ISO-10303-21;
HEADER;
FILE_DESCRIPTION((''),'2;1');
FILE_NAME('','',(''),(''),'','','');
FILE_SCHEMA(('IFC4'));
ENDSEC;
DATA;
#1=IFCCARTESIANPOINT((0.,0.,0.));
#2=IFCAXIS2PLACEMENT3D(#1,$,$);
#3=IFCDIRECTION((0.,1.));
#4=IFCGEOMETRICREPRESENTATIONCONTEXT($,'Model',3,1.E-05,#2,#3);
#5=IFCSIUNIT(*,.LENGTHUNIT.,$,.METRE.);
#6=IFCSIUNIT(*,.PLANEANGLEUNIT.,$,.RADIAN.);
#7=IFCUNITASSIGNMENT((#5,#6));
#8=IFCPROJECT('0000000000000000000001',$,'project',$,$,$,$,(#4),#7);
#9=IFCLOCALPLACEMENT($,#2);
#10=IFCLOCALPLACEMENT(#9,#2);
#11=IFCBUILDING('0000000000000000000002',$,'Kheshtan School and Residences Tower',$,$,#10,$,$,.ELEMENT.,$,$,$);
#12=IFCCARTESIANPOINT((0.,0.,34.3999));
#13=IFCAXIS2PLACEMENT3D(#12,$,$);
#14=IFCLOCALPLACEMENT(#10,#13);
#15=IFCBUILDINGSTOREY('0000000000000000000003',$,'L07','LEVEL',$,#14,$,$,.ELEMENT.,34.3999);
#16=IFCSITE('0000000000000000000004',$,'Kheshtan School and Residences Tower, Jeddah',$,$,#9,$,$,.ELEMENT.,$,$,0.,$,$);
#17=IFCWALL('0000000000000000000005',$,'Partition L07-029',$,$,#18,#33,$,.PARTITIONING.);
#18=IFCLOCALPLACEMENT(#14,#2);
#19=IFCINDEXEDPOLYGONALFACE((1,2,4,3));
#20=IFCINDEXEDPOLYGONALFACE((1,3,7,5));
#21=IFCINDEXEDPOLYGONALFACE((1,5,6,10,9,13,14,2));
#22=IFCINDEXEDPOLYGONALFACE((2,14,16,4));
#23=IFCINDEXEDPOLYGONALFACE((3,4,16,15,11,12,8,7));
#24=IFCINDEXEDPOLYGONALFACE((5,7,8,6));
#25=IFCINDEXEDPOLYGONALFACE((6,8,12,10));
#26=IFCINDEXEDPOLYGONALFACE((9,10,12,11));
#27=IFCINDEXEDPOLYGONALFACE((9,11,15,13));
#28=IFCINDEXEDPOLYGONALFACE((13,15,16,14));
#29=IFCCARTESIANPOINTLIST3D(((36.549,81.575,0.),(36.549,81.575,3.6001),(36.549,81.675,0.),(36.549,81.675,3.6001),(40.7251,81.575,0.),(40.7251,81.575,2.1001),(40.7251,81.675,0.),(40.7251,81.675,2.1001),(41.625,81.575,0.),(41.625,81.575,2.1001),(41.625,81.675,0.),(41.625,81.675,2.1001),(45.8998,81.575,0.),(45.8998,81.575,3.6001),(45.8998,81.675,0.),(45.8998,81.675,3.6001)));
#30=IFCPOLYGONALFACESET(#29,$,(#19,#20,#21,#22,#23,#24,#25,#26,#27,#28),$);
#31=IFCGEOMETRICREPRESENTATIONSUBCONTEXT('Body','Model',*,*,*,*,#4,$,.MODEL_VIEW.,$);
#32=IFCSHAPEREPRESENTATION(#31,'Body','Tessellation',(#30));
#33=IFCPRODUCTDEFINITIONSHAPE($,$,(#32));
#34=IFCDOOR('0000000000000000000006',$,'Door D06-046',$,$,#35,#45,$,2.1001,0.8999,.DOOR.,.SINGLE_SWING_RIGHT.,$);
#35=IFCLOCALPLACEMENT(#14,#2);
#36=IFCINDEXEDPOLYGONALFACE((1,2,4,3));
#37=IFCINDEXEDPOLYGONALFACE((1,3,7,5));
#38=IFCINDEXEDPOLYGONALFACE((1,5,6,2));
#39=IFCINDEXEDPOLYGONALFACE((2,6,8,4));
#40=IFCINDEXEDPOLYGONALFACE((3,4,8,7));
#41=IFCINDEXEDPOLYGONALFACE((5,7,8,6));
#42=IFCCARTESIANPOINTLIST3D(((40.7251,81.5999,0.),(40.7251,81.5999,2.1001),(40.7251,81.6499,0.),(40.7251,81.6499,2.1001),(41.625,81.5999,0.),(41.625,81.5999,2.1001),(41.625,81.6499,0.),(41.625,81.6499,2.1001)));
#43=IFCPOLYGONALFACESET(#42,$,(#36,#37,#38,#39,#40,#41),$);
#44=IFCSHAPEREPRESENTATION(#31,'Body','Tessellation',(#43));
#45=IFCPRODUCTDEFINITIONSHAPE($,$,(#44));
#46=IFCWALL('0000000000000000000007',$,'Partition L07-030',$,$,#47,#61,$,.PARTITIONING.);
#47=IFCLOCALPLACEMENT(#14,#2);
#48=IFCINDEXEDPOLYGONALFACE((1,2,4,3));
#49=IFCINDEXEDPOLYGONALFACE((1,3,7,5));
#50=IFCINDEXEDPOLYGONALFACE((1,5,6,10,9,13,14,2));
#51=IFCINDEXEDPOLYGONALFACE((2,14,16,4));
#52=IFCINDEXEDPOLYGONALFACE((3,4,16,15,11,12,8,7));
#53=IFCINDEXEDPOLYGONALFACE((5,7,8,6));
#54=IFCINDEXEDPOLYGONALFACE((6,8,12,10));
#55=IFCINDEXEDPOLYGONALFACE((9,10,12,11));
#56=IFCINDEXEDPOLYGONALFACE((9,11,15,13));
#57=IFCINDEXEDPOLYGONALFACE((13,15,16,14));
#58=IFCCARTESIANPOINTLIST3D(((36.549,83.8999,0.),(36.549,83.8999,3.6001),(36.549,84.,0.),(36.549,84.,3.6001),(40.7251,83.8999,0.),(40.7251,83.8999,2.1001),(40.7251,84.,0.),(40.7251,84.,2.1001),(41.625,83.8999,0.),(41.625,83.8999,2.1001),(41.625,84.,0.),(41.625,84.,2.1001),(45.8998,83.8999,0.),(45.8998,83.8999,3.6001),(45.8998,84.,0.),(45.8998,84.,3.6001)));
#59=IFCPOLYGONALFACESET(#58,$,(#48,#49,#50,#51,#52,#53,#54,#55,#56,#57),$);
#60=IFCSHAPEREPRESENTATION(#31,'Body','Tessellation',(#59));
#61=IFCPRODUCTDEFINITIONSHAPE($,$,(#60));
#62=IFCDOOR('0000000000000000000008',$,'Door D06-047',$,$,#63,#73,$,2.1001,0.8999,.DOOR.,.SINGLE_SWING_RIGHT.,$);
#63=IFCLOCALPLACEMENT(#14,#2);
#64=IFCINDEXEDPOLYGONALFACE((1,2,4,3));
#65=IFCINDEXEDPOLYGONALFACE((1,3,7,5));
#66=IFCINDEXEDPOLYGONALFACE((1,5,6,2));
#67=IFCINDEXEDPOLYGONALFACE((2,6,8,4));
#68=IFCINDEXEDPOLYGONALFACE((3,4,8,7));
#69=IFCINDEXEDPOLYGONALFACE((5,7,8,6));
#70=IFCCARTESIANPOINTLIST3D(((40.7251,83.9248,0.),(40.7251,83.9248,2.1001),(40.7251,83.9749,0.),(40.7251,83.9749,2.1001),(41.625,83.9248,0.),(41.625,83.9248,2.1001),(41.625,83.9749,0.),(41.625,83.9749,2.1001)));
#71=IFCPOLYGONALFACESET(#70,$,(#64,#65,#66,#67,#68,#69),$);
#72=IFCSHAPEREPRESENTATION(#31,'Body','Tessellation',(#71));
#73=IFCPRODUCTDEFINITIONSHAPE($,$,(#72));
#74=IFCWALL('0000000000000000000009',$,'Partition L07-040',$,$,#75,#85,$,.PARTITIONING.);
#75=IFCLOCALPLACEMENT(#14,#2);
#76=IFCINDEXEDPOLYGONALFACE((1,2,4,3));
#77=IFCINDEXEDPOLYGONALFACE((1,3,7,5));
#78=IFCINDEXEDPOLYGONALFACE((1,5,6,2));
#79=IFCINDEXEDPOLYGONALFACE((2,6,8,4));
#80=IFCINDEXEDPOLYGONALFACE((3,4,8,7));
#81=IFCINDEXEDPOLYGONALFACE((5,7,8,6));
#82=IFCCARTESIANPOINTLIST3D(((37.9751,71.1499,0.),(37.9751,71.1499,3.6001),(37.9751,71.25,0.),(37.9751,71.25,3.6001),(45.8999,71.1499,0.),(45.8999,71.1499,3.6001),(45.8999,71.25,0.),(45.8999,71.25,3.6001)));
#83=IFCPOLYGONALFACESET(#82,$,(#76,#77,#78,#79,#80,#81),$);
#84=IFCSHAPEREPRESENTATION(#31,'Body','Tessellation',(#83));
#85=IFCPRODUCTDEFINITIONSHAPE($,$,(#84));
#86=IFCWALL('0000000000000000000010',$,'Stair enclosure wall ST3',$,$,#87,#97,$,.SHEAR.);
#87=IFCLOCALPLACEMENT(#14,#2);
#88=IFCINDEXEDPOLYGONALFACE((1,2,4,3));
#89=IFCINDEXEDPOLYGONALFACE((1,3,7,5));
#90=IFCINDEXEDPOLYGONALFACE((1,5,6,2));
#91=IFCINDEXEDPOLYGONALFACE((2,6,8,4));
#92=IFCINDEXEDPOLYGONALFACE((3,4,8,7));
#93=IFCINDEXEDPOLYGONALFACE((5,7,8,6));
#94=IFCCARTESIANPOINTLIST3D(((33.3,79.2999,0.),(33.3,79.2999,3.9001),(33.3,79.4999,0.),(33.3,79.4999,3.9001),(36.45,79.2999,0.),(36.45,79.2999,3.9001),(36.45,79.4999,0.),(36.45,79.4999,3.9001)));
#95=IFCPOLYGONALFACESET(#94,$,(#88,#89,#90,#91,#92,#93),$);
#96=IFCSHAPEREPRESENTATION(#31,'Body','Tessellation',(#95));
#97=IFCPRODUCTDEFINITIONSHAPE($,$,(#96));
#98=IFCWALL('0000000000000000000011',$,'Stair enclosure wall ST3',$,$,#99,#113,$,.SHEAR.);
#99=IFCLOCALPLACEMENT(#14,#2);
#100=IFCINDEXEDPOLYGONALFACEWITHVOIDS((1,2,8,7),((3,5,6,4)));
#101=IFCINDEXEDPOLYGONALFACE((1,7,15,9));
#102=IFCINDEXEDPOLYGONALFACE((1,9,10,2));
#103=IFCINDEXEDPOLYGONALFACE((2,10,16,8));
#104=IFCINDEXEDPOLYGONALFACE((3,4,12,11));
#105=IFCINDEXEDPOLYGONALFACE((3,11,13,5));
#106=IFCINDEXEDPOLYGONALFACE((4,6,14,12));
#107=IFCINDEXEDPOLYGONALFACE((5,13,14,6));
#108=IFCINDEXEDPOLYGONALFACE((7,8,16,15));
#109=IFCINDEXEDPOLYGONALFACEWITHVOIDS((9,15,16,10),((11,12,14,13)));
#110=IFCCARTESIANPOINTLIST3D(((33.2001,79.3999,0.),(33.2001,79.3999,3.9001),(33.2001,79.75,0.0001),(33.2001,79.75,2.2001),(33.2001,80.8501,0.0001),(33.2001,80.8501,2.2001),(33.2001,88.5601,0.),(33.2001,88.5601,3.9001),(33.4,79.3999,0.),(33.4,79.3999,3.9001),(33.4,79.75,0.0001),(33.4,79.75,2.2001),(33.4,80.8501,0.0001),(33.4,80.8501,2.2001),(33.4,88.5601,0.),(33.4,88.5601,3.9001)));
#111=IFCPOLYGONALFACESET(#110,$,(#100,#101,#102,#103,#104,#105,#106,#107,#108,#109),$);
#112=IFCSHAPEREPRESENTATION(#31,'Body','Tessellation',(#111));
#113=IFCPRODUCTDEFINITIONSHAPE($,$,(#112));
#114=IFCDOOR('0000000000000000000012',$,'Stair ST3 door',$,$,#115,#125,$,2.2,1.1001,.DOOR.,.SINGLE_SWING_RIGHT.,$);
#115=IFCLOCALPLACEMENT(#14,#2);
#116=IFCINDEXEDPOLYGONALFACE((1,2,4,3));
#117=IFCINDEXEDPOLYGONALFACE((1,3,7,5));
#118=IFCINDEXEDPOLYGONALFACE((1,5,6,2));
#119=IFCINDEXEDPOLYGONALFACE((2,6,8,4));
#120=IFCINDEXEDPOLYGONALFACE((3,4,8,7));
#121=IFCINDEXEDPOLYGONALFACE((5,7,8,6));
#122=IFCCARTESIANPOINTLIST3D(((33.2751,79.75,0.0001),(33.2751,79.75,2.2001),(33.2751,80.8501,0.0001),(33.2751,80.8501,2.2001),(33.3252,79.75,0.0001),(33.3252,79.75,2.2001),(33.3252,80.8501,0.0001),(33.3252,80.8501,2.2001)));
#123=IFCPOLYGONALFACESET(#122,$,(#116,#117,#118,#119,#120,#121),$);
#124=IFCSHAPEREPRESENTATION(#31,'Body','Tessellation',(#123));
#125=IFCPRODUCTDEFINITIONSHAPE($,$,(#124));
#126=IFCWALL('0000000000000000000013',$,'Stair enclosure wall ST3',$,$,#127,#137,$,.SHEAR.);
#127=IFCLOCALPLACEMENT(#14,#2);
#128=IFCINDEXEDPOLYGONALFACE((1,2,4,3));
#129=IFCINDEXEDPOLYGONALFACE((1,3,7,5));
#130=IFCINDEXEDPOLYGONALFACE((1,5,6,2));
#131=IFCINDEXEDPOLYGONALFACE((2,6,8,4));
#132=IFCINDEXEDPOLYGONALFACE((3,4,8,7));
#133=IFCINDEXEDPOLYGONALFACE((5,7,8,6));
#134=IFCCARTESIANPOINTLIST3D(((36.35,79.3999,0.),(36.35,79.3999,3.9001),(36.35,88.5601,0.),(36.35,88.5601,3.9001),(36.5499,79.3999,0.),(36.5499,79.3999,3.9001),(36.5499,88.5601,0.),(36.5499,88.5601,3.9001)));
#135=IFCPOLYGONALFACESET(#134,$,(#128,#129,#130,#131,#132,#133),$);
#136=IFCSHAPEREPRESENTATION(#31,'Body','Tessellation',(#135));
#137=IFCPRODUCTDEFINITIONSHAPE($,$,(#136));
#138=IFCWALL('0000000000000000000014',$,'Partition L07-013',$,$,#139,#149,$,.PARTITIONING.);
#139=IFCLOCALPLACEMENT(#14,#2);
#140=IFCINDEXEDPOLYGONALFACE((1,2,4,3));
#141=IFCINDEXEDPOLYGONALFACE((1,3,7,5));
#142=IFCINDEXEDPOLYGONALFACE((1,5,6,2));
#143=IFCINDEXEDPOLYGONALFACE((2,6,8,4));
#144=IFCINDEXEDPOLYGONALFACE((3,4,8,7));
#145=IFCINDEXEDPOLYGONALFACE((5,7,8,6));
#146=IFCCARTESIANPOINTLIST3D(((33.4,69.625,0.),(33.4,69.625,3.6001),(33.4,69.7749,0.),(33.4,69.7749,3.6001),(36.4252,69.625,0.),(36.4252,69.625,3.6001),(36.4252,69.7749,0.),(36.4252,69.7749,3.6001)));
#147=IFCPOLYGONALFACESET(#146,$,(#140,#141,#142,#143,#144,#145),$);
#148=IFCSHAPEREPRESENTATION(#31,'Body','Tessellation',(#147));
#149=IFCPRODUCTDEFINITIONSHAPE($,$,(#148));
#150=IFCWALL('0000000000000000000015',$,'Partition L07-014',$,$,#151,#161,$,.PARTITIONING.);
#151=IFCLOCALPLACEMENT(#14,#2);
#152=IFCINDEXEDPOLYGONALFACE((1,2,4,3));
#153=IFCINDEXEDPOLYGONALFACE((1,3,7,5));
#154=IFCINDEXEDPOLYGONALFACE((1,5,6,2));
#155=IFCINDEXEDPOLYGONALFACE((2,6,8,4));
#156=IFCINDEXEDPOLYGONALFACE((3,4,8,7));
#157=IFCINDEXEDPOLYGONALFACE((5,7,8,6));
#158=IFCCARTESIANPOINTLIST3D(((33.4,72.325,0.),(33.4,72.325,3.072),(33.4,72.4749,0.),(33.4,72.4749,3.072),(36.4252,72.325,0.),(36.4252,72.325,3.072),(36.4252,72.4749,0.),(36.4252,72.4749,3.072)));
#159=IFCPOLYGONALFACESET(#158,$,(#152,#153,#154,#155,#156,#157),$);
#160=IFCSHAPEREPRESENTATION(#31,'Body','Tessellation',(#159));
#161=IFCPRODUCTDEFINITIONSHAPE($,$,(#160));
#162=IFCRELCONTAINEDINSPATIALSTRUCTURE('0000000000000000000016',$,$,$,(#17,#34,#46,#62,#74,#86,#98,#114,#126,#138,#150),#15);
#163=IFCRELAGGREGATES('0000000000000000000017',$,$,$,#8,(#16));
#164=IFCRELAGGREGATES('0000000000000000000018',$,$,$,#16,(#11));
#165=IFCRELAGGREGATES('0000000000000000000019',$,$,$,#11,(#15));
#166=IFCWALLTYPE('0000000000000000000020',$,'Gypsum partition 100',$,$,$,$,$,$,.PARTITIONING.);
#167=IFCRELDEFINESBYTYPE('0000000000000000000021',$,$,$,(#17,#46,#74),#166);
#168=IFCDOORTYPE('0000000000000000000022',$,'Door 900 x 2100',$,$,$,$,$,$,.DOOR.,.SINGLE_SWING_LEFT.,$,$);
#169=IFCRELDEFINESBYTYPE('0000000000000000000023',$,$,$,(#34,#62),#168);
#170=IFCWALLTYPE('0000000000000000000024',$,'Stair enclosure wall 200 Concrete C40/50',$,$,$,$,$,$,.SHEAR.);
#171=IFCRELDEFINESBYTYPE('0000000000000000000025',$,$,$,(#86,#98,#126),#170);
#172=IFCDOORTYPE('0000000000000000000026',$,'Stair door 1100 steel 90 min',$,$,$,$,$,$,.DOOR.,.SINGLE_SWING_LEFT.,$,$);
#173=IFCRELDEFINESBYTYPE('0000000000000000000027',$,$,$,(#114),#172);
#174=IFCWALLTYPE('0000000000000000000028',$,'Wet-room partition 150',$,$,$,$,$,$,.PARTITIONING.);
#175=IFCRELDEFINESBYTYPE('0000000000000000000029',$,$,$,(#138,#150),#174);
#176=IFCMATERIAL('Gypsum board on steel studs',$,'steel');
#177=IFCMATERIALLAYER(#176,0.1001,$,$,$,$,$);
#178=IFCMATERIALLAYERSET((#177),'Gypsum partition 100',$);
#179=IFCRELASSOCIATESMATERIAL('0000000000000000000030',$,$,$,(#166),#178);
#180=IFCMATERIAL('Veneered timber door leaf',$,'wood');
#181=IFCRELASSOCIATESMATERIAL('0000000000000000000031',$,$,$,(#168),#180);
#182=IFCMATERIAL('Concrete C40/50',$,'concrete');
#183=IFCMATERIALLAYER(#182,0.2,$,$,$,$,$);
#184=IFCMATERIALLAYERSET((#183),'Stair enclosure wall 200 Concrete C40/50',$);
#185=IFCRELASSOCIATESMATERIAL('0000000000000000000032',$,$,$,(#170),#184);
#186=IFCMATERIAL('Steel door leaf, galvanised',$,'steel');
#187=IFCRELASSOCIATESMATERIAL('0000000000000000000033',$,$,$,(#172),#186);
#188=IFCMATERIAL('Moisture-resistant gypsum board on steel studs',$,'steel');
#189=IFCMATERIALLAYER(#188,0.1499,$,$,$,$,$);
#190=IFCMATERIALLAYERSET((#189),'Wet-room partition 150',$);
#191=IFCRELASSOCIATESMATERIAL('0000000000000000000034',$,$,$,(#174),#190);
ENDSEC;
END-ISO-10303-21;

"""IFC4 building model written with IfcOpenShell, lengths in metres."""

from ifc_helpers import new_model, si_unit, direction, frame, frame_2d, origin, place, context, subcontext, project, spatial, rectangle, extrude, source, transform, mapped, material, layer, layer_set, type_object, element, fill, save


model = new_model("IFC4")

# Units and contexts
model_context = context("Model", 3, precision=1e-05, world=origin(), true_north=direction((0.0, 1.0)))
body_context = subcontext(model_context, "Body", "Model", "MODEL_VIEW")
ifc_project = project(units=[si_unit("LENGTHUNIT", "METRE"), si_unit("PLANEANGLEUNIT", "RADIAN")], contexts=[model_context])

# Site, building, storey
site_placement = place(None, origin())
site = spatial("IfcSite", under=ifc_project, at=site_placement, Name="Kheshtan School and Residences Tower, Jeddah", CompositionType="ELEMENT", RefElevation=0.0)
building_placement = place(site_placement, origin())
building = spatial("IfcBuilding", under=site, at=building_placement, Name="Kheshtan School and Residences Tower", CompositionType="ELEMENT")
storey_placement = place(building_placement, frame((0.0, 0.0, 34.3999)))
storey = spatial("IfcBuildingStorey", under=building, at=storey_placement, Name="L07", Description="LEVEL", CompositionType="ELEMENT", Elevation=34.3999)

# Shared definitions
ifc_material_1 = material(Name="Gypsum board on steel studs", Category="steel")
ifc_layer_1 = layer(ifc_material_1, 0.1001)
ifc_layer_set_1 = layer_set([ifc_layer_1], Name="Gypsum partition 100")
wall_type_1 = type_object("IfcWallType", Name="Gypsum partition 100", PredefinedType="PARTITIONING", material=ifc_layer_set_1)

# Walls, openings, doors
ifc_material_2 = material(Name="Veneered timber door leaf", Category="wood")
door_type_1 = type_object("IfcDoorType", Name="Door 900 x 2100", OperationType="SINGLE_SWING_LEFT", PredefinedType="DOOR", material=ifc_material_2)
shared_shape_1 = source(origin(), body_context, "Body", "SweptSolid", [
    extrude(rectangle(XDim=0.8999, YDim=2.1001, at=frame_2d((0.45, 1.05))), frame((0.0, 0.0249, 0.0), z_axis=(0.0, -1.0, 0.0), x_axis=(1.0, 0.0, 0.0)), (0.0, 0.0, 1.0), 0.05),
])
wall_1_placement = place(storey_placement, frame((36.5491, 81.625, 0.0), z_axis=(0.0, 0.0, 1.0), x_axis=(1.0, 0.0, 0.0)))
wall_1 = element("IfcWall", 1, at=wall_1_placement, inside=storey, type_object=wall_type_1, Name="Partition L07-029", PredefinedType="PARTITIONING", context=body_context, shape_type="SweptSolid", body=[
    extrude(rectangle(XDim=9.3508, YDim=0.1001, at=frame_2d((4.6753, 0.0))), origin(), (0.0, 0.0, 1.0), 3.6001),
])
opening_1_placement = place(wall_1_placement, frame((4.176, 0.0, 0.0)))
opening_1 = element("IfcOpeningElement", 2, at=opening_1_placement, cuts=wall_1, PredefinedType="OPENING", context=body_context, shape_type="SweptSolid", body=[
    extrude(rectangle(XDim=0.8999, YDim=2.1001, at=frame_2d((0.45, 1.05))), frame((0.0, 0.0601, 0.0), z_axis=(0.0, -1.0, 0.0), x_axis=(1.0, 0.0, 0.0)), (0.0, 0.0, 1.0), 0.1201),
])
door_1_placement = place(opening_1_placement, origin())
door_1 = element("IfcDoor", 3, at=door_1_placement, inside=storey, type_object=door_type_1, Name="Door D06-046", OperationType="SINGLE_SWING_RIGHT", OverallHeight=2.1001, OverallWidth=0.8999, PredefinedType="DOOR", context=body_context, shape_type="MappedRepresentation", body=[
    mapped(shared_shape_1, transform((0.0, 0.0, 0.0), x_axis=(1.0, 0.0, 0.0), y_axis=(0.0, 1.0, 0.0), z_axis=(0.0, 0.0, 1.0), scale=1.0)),
])
fill(opening_1, door_1)
wall_2_placement = place(storey_placement, frame((36.5491, 83.95, 0.0), z_axis=(0.0, 0.0, 1.0), x_axis=(1.0, 0.0, 0.0)))
wall_2 = element("IfcWall", 4, at=wall_2_placement, inside=storey, type_object=wall_type_1, Name="Partition L07-030", PredefinedType="PARTITIONING", context=body_context, shape_type="SweptSolid", body=[
    extrude(rectangle(XDim=9.3508, YDim=0.1001, at=frame_2d((4.6753, 0.0))), origin(), (0.0, 0.0, 1.0), 3.6001),
])
opening_2_placement = place(wall_2_placement, frame((4.176, 0.0, 0.0)))
opening_2 = element("IfcOpeningElement", 5, at=opening_2_placement, cuts=wall_2, PredefinedType="OPENING", context=body_context, shape_type="SweptSolid", body=[
    extrude(rectangle(XDim=0.8999, YDim=2.1001, at=frame_2d((0.45, 1.05))), frame((0.0, 0.0601, 0.0), z_axis=(0.0, -1.0, 0.0), x_axis=(1.0, 0.0, 0.0)), (0.0, 0.0, 1.0), 0.1201),
])
door_2_placement = place(opening_2_placement, origin())
door_2 = element("IfcDoor", 6, at=door_2_placement, inside=storey, type_object=door_type_1, Name="Door D06-047", OperationType="SINGLE_SWING_RIGHT", OverallHeight=2.1001, OverallWidth=0.8999, PredefinedType="DOOR", context=body_context, shape_type="MappedRepresentation", body=[
    mapped(shared_shape_1, transform((0.0, 0.0, 0.0), x_axis=(1.0, 0.0, 0.0), y_axis=(0.0, 1.0, 0.0), z_axis=(0.0, 0.0, 1.0), scale=1.0)),
])
fill(opening_2, door_2)

# Walls
wall_3_placement = place(storey_placement, frame((37.9751, 71.2, 0.0), z_axis=(0.0, 0.0, 1.0), x_axis=(1.0, 0.0, 0.0)))
element("IfcWall", 7, at=wall_3_placement, inside=storey, type_object=wall_type_1, Name="Partition L07-040", PredefinedType="PARTITIONING", context=body_context, shape_type="SweptSolid", body=[
    extrude(rectangle(XDim=7.9248, YDim=0.1001, at=frame_2d((3.9624, 0.0))), origin(), (0.0, 0.0, 1.0), 3.6001),
])
ifc_material_3 = material(Name="Concrete C40/50", Category="concrete")
ifc_layer_2 = layer(ifc_material_3, 0.2)
ifc_layer_set_2 = layer_set([ifc_layer_2], Name="Stair enclosure wall 200 Concrete C40/50")
wall_type_2 = type_object("IfcWallType", Name="Stair enclosure wall 200 Concrete C40/50", PredefinedType="SHEAR", material=ifc_layer_set_2)
wall_4_placement = place(storey_placement, frame((33.3, 79.3999, 0.0), z_axis=(0.0, 0.0, 1.0), x_axis=(1.0, 0.0, 0.0)))
element("IfcWall", 8, at=wall_4_placement, inside=storey, type_object=wall_type_2, Name="Stair enclosure wall ST3", PredefinedType="SHEAR", context=body_context, shape_type="SweptSolid", body=[
    extrude(rectangle(XDim=3.1499, YDim=0.2, at=frame_2d((1.575, 0.0))), origin(), (0.0, 0.0, 1.0), 3.9001),
])

# Wall, opening, door
wall_5_placement = place(storey_placement, frame((33.3, 79.3999, 0.0), z_axis=(0.0, 0.0, 1.0), x_axis=(0.0, 1.0, 0.0)))
wall_5 = element("IfcWall", 9, at=wall_5_placement, inside=storey, type_object=wall_type_2, Name="Stair enclosure wall ST3", PredefinedType="SHEAR", context=body_context, shape_type="SweptSolid", body=[
    extrude(rectangle(XDim=9.1602, YDim=0.2, at=frame_2d((4.5801, 0.0))), origin(), (0.0, 0.0, 1.0), 3.9001),
])
opening_3_placement = place(wall_5_placement, frame((0.3501, 0.0, 0.0)))
opening_3 = element("IfcOpeningElement", 10, at=opening_3_placement, cuts=wall_5, PredefinedType="OPENING", context=body_context, shape_type="SweptSolid", body=[
    extrude(rectangle(XDim=1.1001, YDim=2.2, at=frame_2d((0.55, 1.1001))), frame((0.0, 0.1099, 0.0), z_axis=(0.0, -1.0, 0.0), x_axis=(1.0, 0.0, 0.0)), (0.0, 0.0, 1.0), 0.22),
])
ifc_material_4 = material(Name="Steel door leaf, galvanised", Category="steel")
door_type_2 = type_object("IfcDoorType", Name="Stair door 1100 steel 90 min", OperationType="SINGLE_SWING_LEFT", PredefinedType="DOOR", material=ifc_material_4)
shared_shape_2 = source(origin(), body_context, "Body", "SweptSolid", [
    extrude(rectangle(XDim=1.1001, YDim=2.2, at=frame_2d((0.55, 1.1001))), frame((0.0, 0.0249, 0.0), z_axis=(0.0, -1.0, 0.0), x_axis=(1.0, 0.0, 0.0)), (0.0, 0.0, 1.0), 0.05),
])
door_3_placement = place(opening_3_placement, origin())
door_3 = element("IfcDoor", 11, at=door_3_placement, inside=storey, type_object=door_type_2, Name="Stair ST3 door", OperationType="SINGLE_SWING_RIGHT", OverallHeight=2.2, OverallWidth=1.1001, PredefinedType="DOOR", context=body_context, shape_type="MappedRepresentation", body=[
    mapped(shared_shape_2, transform((0.0, 0.0, 0.0), x_axis=(1.0, 0.0, 0.0), y_axis=(0.0, 1.0, 0.0), z_axis=(0.0, 0.0, 1.0), scale=1.0)),
])
fill(opening_3, door_3)

# Walls
wall_6_placement = place(storey_placement, frame((36.45, 79.3999, 0.0), z_axis=(0.0, 0.0, 1.0), x_axis=(0.0, 1.0, 0.0)))
element("IfcWall", 12, at=wall_6_placement, inside=storey, type_object=wall_type_2, Name="Stair enclosure wall ST3", PredefinedType="SHEAR", context=body_context, shape_type="SweptSolid", body=[
    extrude(rectangle(XDim=9.1602, YDim=0.2, at=frame_2d((4.5801, 0.0))), origin(), (0.0, 0.0, 1.0), 3.9001),
])
ifc_material_5 = material(Name="Moisture-resistant gypsum board on steel studs", Category="steel")
ifc_layer_3 = layer(ifc_material_5, 0.1499)
ifc_layer_set_3 = layer_set([ifc_layer_3], Name="Wet-room partition 150")
wall_type_3 = type_object("IfcWallType", Name="Wet-room partition 150", PredefinedType="PARTITIONING", material=ifc_layer_set_3)
wall_7_placement = place(storey_placement, frame((33.3999, 69.7, 0.0), z_axis=(0.0, 0.0, 1.0), x_axis=(1.0, 0.0, 0.0)))
element("IfcWall", 13, at=wall_7_placement, inside=storey, type_object=wall_type_3, Name="Partition L07-013", PredefinedType="PARTITIONING", context=body_context, shape_type="SweptSolid", body=[
    extrude(rectangle(XDim=3.0251, YDim=0.1499, at=frame_2d((1.5127, 0.0))), origin(), (0.0, 0.0, 1.0), 3.6001),
])
wall_8_placement = place(storey_placement, frame((33.3999, 72.3999, 0.0), z_axis=(0.0, 0.0, 1.0), x_axis=(1.0, 0.0, 0.0)))
element("IfcWall", 14, at=wall_8_placement, inside=storey, type_object=wall_type_3, Name="Partition L07-014", PredefinedType="PARTITIONING", context=body_context, shape_type="SweptSolid", body=[
    extrude(rectangle(XDim=3.0251, YDim=0.1499, at=frame_2d((1.5127, 0.0))), origin(), (0.0, 0.0, 1.0), 3.072),
])

save(model, "model.ifc")
